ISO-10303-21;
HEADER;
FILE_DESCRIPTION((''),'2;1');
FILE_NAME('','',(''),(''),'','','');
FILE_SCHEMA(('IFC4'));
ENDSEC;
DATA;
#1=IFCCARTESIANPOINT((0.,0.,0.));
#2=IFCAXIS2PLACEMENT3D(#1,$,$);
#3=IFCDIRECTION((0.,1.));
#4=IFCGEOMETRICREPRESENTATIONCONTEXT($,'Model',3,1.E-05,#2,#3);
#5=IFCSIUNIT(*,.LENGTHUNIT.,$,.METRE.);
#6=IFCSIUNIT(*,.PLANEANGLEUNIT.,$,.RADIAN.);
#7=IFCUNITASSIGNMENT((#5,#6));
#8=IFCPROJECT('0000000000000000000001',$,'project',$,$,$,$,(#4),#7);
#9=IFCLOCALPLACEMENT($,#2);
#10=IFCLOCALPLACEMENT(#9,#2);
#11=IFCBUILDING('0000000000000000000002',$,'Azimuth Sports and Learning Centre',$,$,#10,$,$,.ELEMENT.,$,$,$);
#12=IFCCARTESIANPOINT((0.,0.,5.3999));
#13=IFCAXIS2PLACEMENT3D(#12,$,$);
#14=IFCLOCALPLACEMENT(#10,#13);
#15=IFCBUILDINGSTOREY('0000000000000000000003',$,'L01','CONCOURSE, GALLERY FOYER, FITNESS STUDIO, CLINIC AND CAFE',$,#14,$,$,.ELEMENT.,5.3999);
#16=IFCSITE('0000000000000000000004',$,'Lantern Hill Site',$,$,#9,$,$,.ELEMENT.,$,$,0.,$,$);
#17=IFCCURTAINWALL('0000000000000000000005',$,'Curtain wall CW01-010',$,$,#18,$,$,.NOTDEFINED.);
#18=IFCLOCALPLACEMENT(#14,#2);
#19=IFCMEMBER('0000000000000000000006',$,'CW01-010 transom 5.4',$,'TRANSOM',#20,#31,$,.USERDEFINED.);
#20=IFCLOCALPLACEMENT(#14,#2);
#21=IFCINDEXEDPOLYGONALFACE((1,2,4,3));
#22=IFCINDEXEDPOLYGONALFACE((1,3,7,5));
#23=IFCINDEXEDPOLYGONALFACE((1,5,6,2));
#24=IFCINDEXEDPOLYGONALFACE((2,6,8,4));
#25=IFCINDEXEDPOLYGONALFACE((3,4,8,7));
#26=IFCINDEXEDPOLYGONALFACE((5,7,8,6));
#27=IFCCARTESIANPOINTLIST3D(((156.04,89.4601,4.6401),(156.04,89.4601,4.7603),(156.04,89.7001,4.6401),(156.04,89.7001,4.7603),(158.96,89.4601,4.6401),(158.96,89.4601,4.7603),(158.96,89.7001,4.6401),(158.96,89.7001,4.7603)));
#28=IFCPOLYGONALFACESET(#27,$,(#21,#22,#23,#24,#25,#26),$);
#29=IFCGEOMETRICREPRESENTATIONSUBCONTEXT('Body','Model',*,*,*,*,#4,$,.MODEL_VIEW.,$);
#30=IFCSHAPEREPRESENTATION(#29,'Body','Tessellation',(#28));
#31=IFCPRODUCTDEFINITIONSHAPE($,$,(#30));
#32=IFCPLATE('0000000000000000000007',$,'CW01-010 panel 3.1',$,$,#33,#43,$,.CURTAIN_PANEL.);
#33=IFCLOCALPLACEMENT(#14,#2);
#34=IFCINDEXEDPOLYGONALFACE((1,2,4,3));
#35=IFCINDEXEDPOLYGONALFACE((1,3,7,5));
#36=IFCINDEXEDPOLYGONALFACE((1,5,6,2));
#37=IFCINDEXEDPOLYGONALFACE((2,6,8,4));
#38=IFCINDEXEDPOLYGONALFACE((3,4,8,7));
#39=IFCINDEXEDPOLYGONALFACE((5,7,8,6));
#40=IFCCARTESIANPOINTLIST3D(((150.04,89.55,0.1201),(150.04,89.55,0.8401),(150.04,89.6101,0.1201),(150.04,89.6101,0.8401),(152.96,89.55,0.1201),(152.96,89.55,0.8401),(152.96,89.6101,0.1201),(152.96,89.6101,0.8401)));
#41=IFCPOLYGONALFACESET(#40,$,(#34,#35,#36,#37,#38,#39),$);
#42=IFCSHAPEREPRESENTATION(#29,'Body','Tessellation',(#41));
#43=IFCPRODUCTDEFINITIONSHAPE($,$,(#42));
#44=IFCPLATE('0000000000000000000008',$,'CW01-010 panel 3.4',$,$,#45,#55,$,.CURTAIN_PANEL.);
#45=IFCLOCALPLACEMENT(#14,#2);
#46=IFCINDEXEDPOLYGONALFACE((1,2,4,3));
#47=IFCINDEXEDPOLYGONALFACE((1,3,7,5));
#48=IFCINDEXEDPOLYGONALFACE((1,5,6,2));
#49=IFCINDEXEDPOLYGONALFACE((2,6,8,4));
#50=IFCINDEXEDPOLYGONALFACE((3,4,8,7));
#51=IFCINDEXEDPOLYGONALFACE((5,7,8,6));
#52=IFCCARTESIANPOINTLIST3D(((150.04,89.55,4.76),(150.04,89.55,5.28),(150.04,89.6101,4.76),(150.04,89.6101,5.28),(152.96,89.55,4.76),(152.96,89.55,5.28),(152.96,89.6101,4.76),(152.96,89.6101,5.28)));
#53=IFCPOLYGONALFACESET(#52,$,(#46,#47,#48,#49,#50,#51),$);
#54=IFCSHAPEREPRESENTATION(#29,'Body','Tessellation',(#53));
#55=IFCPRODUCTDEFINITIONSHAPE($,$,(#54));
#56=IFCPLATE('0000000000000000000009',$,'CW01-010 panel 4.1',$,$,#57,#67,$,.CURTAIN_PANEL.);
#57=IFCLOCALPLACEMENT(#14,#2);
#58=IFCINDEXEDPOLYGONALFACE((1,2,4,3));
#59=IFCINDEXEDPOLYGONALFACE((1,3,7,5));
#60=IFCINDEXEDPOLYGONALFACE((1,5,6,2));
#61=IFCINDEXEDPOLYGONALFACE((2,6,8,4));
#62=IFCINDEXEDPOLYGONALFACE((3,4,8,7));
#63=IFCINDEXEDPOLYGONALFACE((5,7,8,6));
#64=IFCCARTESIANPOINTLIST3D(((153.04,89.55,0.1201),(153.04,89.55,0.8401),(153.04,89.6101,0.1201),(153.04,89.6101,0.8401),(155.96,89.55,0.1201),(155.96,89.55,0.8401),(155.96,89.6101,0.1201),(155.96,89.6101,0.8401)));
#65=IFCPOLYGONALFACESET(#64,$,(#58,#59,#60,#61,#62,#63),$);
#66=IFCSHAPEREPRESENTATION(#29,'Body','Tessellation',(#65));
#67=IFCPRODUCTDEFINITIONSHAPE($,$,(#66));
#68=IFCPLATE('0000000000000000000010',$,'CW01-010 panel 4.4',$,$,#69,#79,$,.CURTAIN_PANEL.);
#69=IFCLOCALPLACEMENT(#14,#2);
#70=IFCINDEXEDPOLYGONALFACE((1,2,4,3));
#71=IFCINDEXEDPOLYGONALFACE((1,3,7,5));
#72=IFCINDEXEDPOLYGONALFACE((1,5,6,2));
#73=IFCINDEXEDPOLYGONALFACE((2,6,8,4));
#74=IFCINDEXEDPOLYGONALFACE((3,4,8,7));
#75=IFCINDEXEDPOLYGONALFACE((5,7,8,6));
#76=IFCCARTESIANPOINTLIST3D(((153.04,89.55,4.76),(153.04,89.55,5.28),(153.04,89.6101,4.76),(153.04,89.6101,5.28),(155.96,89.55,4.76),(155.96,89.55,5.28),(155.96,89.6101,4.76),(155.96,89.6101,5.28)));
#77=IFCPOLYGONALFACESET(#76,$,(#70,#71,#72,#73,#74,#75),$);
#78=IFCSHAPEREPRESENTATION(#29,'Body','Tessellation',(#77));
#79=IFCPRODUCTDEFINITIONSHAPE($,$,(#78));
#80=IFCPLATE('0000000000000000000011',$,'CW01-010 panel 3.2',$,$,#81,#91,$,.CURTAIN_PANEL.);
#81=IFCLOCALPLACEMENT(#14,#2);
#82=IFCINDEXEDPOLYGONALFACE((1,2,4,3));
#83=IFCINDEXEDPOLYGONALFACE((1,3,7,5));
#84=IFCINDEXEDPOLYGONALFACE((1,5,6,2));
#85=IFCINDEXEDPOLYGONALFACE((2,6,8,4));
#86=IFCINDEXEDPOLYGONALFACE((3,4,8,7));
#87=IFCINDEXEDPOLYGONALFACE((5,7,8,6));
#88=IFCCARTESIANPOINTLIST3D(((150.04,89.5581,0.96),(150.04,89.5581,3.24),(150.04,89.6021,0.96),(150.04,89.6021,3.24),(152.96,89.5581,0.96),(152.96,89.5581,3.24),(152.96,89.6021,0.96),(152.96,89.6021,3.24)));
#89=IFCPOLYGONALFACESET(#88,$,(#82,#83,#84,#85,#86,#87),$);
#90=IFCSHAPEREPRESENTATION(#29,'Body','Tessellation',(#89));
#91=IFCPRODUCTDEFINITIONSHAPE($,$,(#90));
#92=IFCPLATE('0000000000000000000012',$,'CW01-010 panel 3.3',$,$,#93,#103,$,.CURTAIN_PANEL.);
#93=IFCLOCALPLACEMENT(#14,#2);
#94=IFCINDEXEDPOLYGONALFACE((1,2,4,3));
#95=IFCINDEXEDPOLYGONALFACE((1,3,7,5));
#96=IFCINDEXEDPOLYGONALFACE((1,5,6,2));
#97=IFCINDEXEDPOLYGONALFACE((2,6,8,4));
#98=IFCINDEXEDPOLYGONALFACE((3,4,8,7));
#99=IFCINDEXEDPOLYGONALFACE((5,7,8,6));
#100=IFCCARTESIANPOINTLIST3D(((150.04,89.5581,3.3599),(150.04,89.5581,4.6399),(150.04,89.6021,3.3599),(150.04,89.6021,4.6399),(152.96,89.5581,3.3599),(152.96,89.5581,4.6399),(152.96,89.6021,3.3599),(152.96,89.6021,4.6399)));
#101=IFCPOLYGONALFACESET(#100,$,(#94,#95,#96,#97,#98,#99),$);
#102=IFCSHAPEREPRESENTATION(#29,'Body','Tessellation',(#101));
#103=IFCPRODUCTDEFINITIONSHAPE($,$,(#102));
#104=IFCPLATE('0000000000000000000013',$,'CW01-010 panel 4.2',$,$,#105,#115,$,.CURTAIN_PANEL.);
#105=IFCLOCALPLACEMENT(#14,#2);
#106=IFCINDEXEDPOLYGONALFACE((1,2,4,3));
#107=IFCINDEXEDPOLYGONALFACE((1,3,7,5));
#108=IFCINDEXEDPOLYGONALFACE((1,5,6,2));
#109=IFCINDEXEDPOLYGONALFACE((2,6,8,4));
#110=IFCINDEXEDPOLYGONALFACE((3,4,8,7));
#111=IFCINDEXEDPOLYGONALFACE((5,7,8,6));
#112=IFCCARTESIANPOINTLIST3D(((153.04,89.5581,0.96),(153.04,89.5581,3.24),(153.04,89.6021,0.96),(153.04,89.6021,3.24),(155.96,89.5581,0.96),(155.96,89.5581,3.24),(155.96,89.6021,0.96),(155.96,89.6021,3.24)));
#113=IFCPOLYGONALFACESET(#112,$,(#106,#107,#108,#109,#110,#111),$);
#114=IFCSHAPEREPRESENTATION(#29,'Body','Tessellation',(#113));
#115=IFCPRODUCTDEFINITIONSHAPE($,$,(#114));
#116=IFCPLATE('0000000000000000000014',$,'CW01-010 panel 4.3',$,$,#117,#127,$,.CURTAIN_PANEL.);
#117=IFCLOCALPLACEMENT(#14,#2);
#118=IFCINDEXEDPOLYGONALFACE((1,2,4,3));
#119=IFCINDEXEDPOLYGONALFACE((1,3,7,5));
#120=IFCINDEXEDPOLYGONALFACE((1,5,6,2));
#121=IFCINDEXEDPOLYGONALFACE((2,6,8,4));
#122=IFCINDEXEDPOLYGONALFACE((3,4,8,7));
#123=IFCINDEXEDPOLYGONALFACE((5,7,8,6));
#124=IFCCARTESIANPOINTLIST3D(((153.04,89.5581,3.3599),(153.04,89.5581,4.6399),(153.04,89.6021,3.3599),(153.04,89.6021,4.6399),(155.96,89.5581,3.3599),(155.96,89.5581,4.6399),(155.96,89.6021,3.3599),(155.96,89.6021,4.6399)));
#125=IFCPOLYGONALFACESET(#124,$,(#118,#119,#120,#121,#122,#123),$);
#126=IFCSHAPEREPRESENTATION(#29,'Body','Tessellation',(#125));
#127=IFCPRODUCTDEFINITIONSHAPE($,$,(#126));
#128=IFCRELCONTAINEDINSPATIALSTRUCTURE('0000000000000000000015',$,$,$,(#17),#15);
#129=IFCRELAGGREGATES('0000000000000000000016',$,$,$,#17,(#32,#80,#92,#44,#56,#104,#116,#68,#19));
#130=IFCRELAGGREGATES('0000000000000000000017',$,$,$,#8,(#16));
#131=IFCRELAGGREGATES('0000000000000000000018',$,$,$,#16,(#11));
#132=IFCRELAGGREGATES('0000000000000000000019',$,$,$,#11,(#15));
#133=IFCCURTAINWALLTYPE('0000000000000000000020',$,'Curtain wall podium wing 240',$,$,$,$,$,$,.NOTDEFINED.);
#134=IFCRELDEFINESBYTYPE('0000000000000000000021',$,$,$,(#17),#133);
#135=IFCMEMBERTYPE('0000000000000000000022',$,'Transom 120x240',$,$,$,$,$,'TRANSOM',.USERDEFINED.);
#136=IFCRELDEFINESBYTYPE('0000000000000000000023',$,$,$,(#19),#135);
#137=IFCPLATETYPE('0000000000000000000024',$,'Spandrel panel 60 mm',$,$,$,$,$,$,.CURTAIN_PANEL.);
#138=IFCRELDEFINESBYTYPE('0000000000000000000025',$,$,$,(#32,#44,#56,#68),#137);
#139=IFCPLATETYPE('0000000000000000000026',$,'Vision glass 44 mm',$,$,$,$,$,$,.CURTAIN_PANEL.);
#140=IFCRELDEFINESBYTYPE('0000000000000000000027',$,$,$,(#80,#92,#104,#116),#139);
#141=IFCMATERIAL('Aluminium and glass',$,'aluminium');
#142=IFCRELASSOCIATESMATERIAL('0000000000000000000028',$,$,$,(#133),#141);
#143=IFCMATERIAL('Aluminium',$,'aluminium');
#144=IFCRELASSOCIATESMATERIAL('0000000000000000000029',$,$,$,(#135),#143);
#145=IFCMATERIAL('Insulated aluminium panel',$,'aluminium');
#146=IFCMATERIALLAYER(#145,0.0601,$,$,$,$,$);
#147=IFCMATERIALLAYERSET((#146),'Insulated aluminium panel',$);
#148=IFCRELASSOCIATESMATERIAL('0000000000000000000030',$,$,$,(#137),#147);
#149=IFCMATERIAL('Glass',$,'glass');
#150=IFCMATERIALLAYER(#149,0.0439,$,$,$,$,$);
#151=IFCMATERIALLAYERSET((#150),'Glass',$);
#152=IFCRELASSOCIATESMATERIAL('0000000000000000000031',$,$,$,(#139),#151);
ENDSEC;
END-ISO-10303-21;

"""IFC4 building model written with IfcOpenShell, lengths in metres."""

from ifc_helpers import new_model, si_unit, direction, frame, origin, origin_2d, place, context, subcontext, project, spatial, rectangle, extrude, material, layer, layer_set, material_profile, profile_set, type_object, element, aggregate, save


model = new_model("IFC4")

# Units and contexts
model_context = context("Model", 3, precision=1e-05, world=origin(), true_north=direction((0.0, 1.0)))
body_context = subcontext(model_context, "Body", "Model", "MODEL_VIEW")
ifc_project = project(units=[si_unit("LENGTHUNIT", "METRE"), si_unit("PLANEANGLEUNIT", "RADIAN")], contexts=[model_context])

# Site, building, storey
site_placement = place(None, origin())
site = spatial("IfcSite", under=ifc_project, at=site_placement, Name="Lantern Hill Site", CompositionType="ELEMENT", RefElevation=0.0)
building_placement = place(site_placement, origin())
building = spatial("IfcBuilding", under=site, at=building_placement, Name="Azimuth Sports and Learning Centre", CompositionType="ELEMENT")
storey_placement = place(building_placement, frame((0.0, 0.0, 5.3999)))
storey = spatial("IfcBuildingStorey", under=building, at=storey_placement, Name="L01", Description="CONCOURSE, GALLERY FOYER, FITNESS STUDIO, CLINIC AND CAFE", CompositionType="ELEMENT", Elevation=5.3999)

# Curtain wall, member, plates
ifc_material_1 = material(Name="Aluminium and glass", Category="aluminium")
curtain_wall_type = type_object("IfcCurtainWallType", Name="Curtain wall podium wing 240", PredefinedType="NOTDEFINED", material=ifc_material_1)
curtain_wall_placement = place(storey_placement, origin())
curtain_wall = element("IfcCurtainWall", 1, at=curtain_wall_placement, inside=storey, type_object=curtain_wall_type, Name="Curtain wall CW01-010", PredefinedType="NOTDEFINED")
ifc_material_2 = material(Name="Aluminium", Category="aluminium")
ifc_material_profile_1 = material_profile(ifc_material_2, rectangle(XDim=0.24, YDim=0.1201, at=origin_2d()), Name="Transom 120x240")
ifc_profile_set_1 = profile_set([ifc_material_profile_1], Name="Aluminium")
member_type_1 = type_object("IfcMemberType", Name="Transom 120x240", ElementType="TRANSOM", PredefinedType="USERDEFINED", material=ifc_profile_set_1)
member_1_placement = place(storey_placement, frame((156.04, 89.5801, 4.7002), z_axis=(1.0, 0.0, 0.0), x_axis=(0.0, 1.0, 0.0)))
member_1 = element("IfcMember", 2, at=member_1_placement, type_object=member_type_1, Name="CW01-010 transom 5.4", ObjectType="TRANSOM", PredefinedType="USERDEFINED", context=body_context, shape_type="SweptSolid", body=[
    extrude(rectangle(XDim=0.24, YDim=0.1201, at=origin_2d()), origin(), (0.0, 0.0, 1.0), 2.9199),
])
ifc_material_3 = material(Name="Insulated aluminium panel", Category="aluminium")
ifc_layer_1 = layer(ifc_material_3, 0.0601)
ifc_layer_set_1 = layer_set([ifc_layer_1], Name="Insulated aluminium panel")
plate_type_1 = type_object("IfcPlateType", Name="Spandrel panel 60 mm", PredefinedType="CURTAIN_PANEL", material=ifc_layer_set_1)
plate_1_placement = place(storey_placement, frame((151.5, 89.5801, 0.1201), z_axis=(0.0, 0.0, 1.0), x_axis=(1.0, 0.0, 0.0)))
plate_1 = element("IfcPlate", 3, at=plate_1_placement, type_object=plate_type_1, Name="CW01-010 panel 3.1", PredefinedType="CURTAIN_PANEL", context=body_context, shape_type="SweptSolid", body=[
    extrude(rectangle(XDim=2.9199, YDim=0.0601, at=origin_2d()), origin(), (0.0, 0.0, 1.0), 0.72),
])
plate_2_placement = place(storey_placement, frame((151.5, 89.5801, 4.76), z_axis=(0.0, 0.0, 1.0), x_axis=(1.0, 0.0, 0.0)))
plate_2 = element("IfcPlate", 4, at=plate_2_placement, type_object=plate_type_1, Name="CW01-010 panel 3.4", PredefinedType="CURTAIN_PANEL", context=body_context, shape_type="SweptSolid", body=[
    extrude(rectangle(XDim=2.9199, YDim=0.0601, at=origin_2d()), origin(), (0.0, 0.0, 1.0), 0.52),
])
plate_3_placement = place(storey_placement, frame((154.5, 89.5801, 0.1201), z_axis=(0.0, 0.0, 1.0), x_axis=(1.0, 0.0, 0.0)))
plate_3 = element("IfcPlate", 5, at=plate_3_placement, type_object=plate_type_1, Name="CW01-010 panel 4.1", PredefinedType="CURTAIN_PANEL", context=body_context, shape_type="SweptSolid", body=[
    extrude(rectangle(XDim=2.9199, YDim=0.0601, at=origin_2d()), origin(), (0.0, 0.0, 1.0), 0.72),
])
plate_4_placement = place(storey_placement, frame((154.5, 89.5801, 4.76), z_axis=(0.0, 0.0, 1.0), x_axis=(1.0, 0.0, 0.0)))
plate_4 = element("IfcPlate", 6, at=plate_4_placement, type_object=plate_type_1, Name="CW01-010 panel 4.4", PredefinedType="CURTAIN_PANEL", context=body_context, shape_type="SweptSolid", body=[
    extrude(rectangle(XDim=2.9199, YDim=0.0601, at=origin_2d()), origin(), (0.0, 0.0, 1.0), 0.52),
])
ifc_material_4 = material(Name="Glass", Category="glass")
ifc_layer_2 = layer(ifc_material_4, 0.0439)
ifc_layer_set_2 = layer_set([ifc_layer_2], Name="Glass")
plate_type_2 = type_object("IfcPlateType", Name="Vision glass 44 mm", PredefinedType="CURTAIN_PANEL", material=ifc_layer_set_2)
plate_5_placement = place(storey_placement, frame((151.5, 89.5801, 0.96), z_axis=(0.0, 0.0, 1.0), x_axis=(1.0, 0.0, 0.0)))
plate_5 = element("IfcPlate", 7, at=plate_5_placement, type_object=plate_type_2, Name="CW01-010 panel 3.2", PredefinedType="CURTAIN_PANEL", context=body_context, shape_type="SweptSolid", body=[
    extrude(rectangle(XDim=2.9199, YDim=0.0439, at=origin_2d()), origin(), (0.0, 0.0, 1.0), 2.28),
])
plate_6_placement = place(storey_placement, frame((151.5, 89.5801, 3.3599), z_axis=(0.0, 0.0, 1.0), x_axis=(1.0, 0.0, 0.0)))
plate_6 = element("IfcPlate", 8, at=plate_6_placement, type_object=plate_type_2, Name="CW01-010 panel 3.3", PredefinedType="CURTAIN_PANEL", context=body_context, shape_type="SweptSolid", body=[
    extrude(rectangle(XDim=2.9199, YDim=0.0439, at=origin_2d()), origin(), (0.0, 0.0, 1.0), 1.28),
])
plate_7_placement = place(storey_placement, frame((154.5, 89.5801, 0.96), z_axis=(0.0, 0.0, 1.0), x_axis=(1.0, 0.0, 0.0)))
plate_7 = element("IfcPlate", 9, at=plate_7_placement, type_object=plate_type_2, Name="CW01-010 panel 4.2", PredefinedType="CURTAIN_PANEL", context=body_context, shape_type="SweptSolid", body=[
    extrude(rectangle(XDim=2.9199, YDim=0.0439, at=origin_2d()), origin(), (0.0, 0.0, 1.0), 2.28),
])
plate_8_placement = place(storey_placement, frame((154.5, 89.5801, 3.3599), z_axis=(0.0, 0.0, 1.0), x_axis=(1.0, 0.0, 0.0)))
plate_8 = element("IfcPlate", 10, at=plate_8_placement, type_object=plate_type_2, Name="CW01-010 panel 4.3", PredefinedType="CURTAIN_PANEL", context=body_context, shape_type="SweptSolid", body=[
    extrude(rectangle(XDim=2.9199, YDim=0.0439, at=origin_2d()), origin(), (0.0, 0.0, 1.0), 1.28),
])
aggregate(curtain_wall, [plate_1, plate_5, plate_6, plate_2, plate_3, plate_7, plate_8, plate_4, member_1])

save(model, "model.ifc")
